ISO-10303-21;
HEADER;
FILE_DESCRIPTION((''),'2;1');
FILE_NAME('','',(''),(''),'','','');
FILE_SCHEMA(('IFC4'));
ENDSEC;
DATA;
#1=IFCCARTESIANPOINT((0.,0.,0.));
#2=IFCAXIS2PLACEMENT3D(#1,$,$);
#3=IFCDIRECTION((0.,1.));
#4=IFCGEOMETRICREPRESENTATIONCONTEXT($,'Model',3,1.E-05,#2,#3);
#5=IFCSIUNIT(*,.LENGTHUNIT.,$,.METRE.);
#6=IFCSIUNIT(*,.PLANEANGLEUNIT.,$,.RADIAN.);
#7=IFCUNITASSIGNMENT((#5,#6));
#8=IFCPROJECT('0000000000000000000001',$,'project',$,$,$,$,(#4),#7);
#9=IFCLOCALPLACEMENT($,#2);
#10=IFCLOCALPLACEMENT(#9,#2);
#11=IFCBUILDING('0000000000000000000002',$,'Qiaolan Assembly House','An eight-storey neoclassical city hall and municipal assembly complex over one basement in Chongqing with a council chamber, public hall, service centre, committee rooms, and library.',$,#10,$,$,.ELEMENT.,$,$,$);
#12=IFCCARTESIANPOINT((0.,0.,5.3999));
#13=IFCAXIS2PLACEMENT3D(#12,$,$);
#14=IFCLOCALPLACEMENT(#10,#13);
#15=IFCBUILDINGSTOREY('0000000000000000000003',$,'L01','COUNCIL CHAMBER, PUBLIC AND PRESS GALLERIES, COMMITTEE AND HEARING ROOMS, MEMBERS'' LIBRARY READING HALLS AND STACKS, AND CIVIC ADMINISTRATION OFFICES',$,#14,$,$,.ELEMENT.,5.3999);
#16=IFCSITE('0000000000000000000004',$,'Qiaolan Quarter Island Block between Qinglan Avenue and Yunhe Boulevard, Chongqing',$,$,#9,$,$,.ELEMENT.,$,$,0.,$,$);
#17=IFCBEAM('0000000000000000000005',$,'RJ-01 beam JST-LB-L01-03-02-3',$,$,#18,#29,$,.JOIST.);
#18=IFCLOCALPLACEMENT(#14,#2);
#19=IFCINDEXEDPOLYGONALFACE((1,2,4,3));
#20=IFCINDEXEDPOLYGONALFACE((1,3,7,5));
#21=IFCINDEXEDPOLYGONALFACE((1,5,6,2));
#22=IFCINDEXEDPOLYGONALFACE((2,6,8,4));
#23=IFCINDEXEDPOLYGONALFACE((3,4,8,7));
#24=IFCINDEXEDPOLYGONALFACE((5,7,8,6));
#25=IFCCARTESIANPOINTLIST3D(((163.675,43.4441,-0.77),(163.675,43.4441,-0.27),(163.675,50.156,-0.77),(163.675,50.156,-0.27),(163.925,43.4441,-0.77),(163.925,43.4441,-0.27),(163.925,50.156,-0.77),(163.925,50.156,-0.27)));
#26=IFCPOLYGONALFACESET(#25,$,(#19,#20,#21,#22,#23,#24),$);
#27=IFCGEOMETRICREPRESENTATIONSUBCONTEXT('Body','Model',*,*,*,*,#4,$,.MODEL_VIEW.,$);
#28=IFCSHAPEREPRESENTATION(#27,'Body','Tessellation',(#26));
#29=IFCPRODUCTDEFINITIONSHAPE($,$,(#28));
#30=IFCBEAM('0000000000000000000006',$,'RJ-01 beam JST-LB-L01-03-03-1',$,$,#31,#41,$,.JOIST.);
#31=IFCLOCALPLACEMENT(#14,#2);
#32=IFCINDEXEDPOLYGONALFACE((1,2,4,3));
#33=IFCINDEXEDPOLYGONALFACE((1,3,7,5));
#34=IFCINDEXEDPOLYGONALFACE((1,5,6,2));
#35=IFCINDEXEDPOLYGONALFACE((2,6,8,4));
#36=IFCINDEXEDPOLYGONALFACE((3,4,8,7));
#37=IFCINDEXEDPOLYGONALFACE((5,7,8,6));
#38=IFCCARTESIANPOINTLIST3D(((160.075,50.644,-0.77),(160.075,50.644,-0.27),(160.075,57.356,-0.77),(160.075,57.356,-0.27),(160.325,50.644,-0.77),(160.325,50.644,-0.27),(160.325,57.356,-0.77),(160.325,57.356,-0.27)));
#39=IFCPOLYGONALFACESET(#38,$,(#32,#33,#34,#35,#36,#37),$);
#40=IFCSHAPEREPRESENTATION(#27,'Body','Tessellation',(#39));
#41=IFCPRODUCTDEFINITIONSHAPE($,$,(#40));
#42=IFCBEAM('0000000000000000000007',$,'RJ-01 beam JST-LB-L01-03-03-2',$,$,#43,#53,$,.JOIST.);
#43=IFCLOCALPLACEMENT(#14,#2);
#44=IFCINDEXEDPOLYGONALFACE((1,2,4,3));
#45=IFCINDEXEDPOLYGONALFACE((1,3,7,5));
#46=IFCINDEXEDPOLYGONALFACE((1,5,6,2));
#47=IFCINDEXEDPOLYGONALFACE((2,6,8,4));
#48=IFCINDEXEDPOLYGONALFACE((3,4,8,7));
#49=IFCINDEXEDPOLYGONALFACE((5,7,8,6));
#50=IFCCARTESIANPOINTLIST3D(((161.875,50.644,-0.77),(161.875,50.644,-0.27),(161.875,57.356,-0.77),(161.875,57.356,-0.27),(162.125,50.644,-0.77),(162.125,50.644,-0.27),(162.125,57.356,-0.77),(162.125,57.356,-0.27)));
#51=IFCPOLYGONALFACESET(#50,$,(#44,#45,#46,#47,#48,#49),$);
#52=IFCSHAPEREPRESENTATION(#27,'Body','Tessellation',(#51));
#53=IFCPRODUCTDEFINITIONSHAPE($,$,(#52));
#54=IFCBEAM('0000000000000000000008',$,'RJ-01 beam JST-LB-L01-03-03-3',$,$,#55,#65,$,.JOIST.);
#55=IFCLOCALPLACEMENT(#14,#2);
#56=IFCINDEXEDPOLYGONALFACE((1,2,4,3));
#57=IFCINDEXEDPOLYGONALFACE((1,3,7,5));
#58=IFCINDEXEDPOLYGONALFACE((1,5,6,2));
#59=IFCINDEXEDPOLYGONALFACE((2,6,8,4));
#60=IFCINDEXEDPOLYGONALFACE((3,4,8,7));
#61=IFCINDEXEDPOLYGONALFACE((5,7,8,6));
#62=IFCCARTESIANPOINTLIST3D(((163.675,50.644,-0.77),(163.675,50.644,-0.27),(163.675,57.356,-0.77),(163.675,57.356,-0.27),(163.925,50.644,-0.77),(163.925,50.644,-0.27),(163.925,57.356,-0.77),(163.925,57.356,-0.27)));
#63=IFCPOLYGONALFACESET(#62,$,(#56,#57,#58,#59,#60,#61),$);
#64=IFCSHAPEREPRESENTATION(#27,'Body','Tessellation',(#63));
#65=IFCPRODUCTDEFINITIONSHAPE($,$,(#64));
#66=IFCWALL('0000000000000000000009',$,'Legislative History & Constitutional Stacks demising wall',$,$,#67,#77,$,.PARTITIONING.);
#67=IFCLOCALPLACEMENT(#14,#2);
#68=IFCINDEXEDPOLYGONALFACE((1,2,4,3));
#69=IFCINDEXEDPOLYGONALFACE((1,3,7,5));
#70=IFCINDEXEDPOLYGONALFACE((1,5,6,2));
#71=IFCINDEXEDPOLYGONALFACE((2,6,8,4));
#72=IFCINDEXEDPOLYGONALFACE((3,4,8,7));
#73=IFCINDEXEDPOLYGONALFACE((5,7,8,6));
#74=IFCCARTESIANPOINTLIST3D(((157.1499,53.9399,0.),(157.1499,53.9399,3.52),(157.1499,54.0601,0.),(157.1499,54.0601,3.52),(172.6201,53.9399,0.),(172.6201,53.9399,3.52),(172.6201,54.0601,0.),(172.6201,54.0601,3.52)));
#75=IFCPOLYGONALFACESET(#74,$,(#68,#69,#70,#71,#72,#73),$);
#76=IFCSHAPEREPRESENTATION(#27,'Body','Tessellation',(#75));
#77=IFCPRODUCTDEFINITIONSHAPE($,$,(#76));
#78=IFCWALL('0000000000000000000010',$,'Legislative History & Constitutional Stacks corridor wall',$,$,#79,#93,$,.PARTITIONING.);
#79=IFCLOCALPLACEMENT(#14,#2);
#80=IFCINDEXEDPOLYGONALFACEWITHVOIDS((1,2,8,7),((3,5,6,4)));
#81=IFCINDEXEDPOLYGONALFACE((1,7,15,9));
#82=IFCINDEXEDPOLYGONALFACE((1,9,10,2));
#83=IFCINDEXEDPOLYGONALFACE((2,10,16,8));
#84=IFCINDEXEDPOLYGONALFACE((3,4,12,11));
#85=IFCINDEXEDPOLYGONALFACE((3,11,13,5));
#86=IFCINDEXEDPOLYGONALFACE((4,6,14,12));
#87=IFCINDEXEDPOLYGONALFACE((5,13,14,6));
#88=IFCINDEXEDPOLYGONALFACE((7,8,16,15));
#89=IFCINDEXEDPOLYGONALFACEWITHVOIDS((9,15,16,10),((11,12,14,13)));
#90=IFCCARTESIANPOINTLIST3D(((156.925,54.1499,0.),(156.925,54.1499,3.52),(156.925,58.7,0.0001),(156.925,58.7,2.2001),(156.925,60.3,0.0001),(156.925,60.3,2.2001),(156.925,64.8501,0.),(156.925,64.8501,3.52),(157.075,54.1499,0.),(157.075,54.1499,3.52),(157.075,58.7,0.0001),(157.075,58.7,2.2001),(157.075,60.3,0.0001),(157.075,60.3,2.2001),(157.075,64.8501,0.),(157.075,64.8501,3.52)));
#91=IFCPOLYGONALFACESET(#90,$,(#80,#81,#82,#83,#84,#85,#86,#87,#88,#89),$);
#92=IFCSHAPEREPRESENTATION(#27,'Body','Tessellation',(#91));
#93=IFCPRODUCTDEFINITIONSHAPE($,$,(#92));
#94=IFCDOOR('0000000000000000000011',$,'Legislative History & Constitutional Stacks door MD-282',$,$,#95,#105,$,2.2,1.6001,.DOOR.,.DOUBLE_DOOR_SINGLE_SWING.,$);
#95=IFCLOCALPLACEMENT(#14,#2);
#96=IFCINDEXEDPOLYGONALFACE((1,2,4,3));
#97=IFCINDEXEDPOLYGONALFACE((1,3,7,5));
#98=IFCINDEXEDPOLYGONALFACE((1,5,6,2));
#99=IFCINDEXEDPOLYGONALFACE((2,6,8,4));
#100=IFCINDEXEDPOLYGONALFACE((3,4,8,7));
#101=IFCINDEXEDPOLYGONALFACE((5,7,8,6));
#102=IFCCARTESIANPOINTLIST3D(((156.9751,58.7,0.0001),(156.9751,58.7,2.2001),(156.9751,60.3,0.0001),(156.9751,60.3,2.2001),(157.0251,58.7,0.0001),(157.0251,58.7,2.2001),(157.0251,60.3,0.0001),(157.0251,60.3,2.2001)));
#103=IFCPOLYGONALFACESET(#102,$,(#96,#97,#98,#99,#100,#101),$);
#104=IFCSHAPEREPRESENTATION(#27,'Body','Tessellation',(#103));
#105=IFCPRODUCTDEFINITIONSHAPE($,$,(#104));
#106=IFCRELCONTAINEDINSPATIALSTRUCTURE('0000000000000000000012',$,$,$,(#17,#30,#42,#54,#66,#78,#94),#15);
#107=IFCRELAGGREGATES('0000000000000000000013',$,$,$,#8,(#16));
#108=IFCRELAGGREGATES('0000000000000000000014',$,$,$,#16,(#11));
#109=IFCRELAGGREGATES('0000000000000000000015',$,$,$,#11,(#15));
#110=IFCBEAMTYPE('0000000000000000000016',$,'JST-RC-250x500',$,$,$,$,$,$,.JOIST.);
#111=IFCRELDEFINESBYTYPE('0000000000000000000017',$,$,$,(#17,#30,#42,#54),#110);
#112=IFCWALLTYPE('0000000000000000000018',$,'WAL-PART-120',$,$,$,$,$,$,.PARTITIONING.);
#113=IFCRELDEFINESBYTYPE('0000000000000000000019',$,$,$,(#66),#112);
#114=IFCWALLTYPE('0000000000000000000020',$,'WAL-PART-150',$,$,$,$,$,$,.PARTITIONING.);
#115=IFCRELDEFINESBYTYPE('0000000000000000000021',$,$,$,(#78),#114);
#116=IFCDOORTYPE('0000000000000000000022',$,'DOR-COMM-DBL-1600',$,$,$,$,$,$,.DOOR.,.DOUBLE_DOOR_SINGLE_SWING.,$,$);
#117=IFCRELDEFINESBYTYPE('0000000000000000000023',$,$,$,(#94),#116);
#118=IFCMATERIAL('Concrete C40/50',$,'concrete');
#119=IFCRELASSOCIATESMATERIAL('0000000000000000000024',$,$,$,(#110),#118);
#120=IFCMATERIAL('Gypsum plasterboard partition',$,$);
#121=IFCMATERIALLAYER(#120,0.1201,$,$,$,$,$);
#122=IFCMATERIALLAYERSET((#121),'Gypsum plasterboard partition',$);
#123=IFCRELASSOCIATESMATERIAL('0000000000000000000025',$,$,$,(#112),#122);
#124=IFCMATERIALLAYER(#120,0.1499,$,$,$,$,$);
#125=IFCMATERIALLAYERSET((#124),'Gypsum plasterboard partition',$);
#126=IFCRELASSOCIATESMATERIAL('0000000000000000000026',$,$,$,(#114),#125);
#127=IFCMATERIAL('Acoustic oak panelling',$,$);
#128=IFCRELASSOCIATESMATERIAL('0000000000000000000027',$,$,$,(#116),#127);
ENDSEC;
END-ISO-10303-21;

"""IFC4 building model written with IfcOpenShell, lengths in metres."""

from ifc_helpers import new_model, si_unit, direction, frame, frame_2d, origin, origin_2d, place, context, subcontext, project, spatial, rectangle, extrude, material, layer, layer_set, material_profile, profile_set, type_object, element, fill, save


model = new_model("IFC4")

# Units and contexts
model_context = context("Model", 3, precision=1e-05, world=origin(), true_north=direction((0.0, 1.0)))
body_context = subcontext(model_context, "Body", "Model", "MODEL_VIEW")
ifc_project = project(units=[si_unit("LENGTHUNIT", "METRE"), si_unit("PLANEANGLEUNIT", "RADIAN")], contexts=[model_context])

# Site, building, storey
site_placement = place(None, origin())
site = spatial("IfcSite", under=ifc_project, at=site_placement, Name="Qiaolan Quarter Island Block between Qinglan Avenue and Yunhe Boulevard, Chongqing", CompositionType="ELEMENT", RefElevation=0.0)
building_placement = place(site_placement, origin())
building = spatial("IfcBuilding", under=site, at=building_placement, Name="Qiaolan Assembly House", Description="An eight-storey neoclassical city hall and municipal assembly complex over one basement in Chongqing with a council chamber, public hall, service centre, committee rooms, and library.", CompositionType="ELEMENT")
storey_placement = place(building_placement, frame((0.0, 0.0, 5.3999)))
storey = spatial("IfcBuildingStorey", under=building, at=storey_placement, Name="L01", Description="COUNCIL CHAMBER, PUBLIC AND PRESS GALLERIES, COMMITTEE AND HEARING ROOMS, MEMBERS' LIBRARY READING HALLS AND STACKS, AND CIVIC ADMINISTRATION OFFICES", CompositionType="ELEMENT", Elevation=5.3999)

# Shared definitions
ifc_material_1 = material(Name="Concrete C40/50", Category="concrete")

# Beams
ifc_material_profile_1 = material_profile(ifc_material_1, rectangle(XDim=0.25, YDim=0.5, at=origin_2d()), Name="RCB 250x500")
ifc_profile_set_1 = profile_set([ifc_material_profile_1], Name="Concrete C40/50")
beam_type_1 = type_object("IfcBeamType", Name="JST-RC-250x500", PredefinedType="JOIST", material=ifc_profile_set_1)
for number, where, z_axis, x_axis, name in (
    (1, (163.8, 43.4441, -0.52), (0.0, 1.0, 0.0), (-1.0, 0.0, 0.0), "RJ-01 beam JST-LB-L01-03-02-3"),
    (2, (160.2, 50.644, -0.52), (0.0, 1.0, 0.0), (-1.0, 0.0, 0.0), "RJ-01 beam JST-LB-L01-03-03-1"),
    (3, (162.0, 50.644, -0.52), (0.0, 1.0, 0.0), (-1.0, 0.0, 0.0), "RJ-01 beam JST-LB-L01-03-03-2"),
    (4, (163.8, 50.644, -0.52), (0.0, 1.0, 0.0), (-1.0, 0.0, 0.0), "RJ-01 beam JST-LB-L01-03-03-3"),
):
    element("IfcBeam", number, at=place(storey_placement, frame(where, z_axis=z_axis, x_axis=x_axis)), inside=storey, type_object=beam_type_1, Name=name, PredefinedType="JOIST", context=body_context, shape_type="SweptSolid", body=[
        extrude(rectangle(XDim=0.25, YDim=0.5, at=origin_2d()), origin(), (0.0, 0.0, 1.0), 6.7119),
    ])

# Wall
ifc_material_2 = material(Name="Gypsum plasterboard partition")
ifc_layer_1 = layer(ifc_material_2, 0.1201)
ifc_layer_set_1 = layer_set([ifc_layer_1], Name="Gypsum plasterboard partition")
wall_type_1 = type_object("IfcWallType", Name="WAL-PART-120", PredefinedType="PARTITIONING", material=ifc_layer_set_1)
wall_1_placement = place(storey_placement, frame((157.1499, 54.0, 0.0), z_axis=(0.0, 0.0, 1.0), x_axis=(1.0, 0.0, 0.0)))
element("IfcWall", 5, at=wall_1_placement, inside=storey, type_object=wall_type_1, Name="Legislative History & Constitutional Stacks demising wall", PredefinedType="PARTITIONING", context=body_context, shape_type="SweptSolid", body=[
    extrude(rectangle(XDim=15.4702, YDim=0.1201, at=frame_2d((7.7351, 0.0))), origin(), (0.0, 0.0, 1.0), 3.52),
])

# Wall, opening, door
ifc_layer_2 = layer(ifc_material_2, 0.1499)
ifc_layer_set_2 = layer_set([ifc_layer_2], Name="Gypsum plasterboard partition")
wall_type_2 = type_object("IfcWallType", Name="WAL-PART-150", PredefinedType="PARTITIONING", material=ifc_layer_set_2)
wall_2_placement = place(storey_placement, frame((157.0, 54.1499, 0.0), z_axis=(0.0, 0.0, 1.0), x_axis=(0.0, 1.0, 0.0)))
wall_2 = element("IfcWall", 6, at=wall_2_placement, inside=storey, type_object=wall_type_2, Name="Legislative History & Constitutional Stacks corridor wall", PredefinedType="PARTITIONING", context=body_context, shape_type="SweptSolid", body=[
    extrude(rectangle(XDim=10.7002, YDim=0.1499, at=frame_2d((5.3501, 0.0))), origin(), (0.0, 0.0, 1.0), 3.52),
])
opening_placement = place(wall_2_placement, frame((4.55, 0.0, 0.0)))
opening = element("IfcOpeningElement", 7, at=opening_placement, cuts=wall_2, PredefinedType="OPENING", context=body_context, shape_type="SweptSolid", body=[
    extrude(rectangle(XDim=1.6001, YDim=2.2, at=frame_2d((0.8, 1.1001))), frame((0.0, 0.085, 0.0), z_axis=(0.0, -1.0, 0.0), x_axis=(1.0, 0.0, 0.0)), (0.0, 0.0, 1.0), 0.1699),
])
ifc_material_3 = material(Name="Acoustic oak panelling")
door_type = type_object("IfcDoorType", Name="DOR-COMM-DBL-1600", OperationType="DOUBLE_DOOR_SINGLE_SWING", PredefinedType="DOOR", material=ifc_material_3)
door_placement = place(opening_placement, origin())
door = element("IfcDoor", 8, at=door_placement, inside=storey, type_object=door_type, Name="Legislative History & Constitutional Stacks door MD-282", OperationType="DOUBLE_DOOR_SINGLE_SWING", OverallHeight=2.2, OverallWidth=1.6001, PredefinedType="DOOR", context=body_context, shape_type="SweptSolid", body=[
    extrude(rectangle(XDim=1.6001, YDim=2.2, at=frame_2d((0.8, 1.1001))), frame((0.0, 0.0249, 0.0), z_axis=(0.0, -1.0, 0.0), x_axis=(1.0, 0.0, 0.0)), (0.0, 0.0, 1.0), 0.05),
])
fill(opening, door)

save(model, "model.ifc")
